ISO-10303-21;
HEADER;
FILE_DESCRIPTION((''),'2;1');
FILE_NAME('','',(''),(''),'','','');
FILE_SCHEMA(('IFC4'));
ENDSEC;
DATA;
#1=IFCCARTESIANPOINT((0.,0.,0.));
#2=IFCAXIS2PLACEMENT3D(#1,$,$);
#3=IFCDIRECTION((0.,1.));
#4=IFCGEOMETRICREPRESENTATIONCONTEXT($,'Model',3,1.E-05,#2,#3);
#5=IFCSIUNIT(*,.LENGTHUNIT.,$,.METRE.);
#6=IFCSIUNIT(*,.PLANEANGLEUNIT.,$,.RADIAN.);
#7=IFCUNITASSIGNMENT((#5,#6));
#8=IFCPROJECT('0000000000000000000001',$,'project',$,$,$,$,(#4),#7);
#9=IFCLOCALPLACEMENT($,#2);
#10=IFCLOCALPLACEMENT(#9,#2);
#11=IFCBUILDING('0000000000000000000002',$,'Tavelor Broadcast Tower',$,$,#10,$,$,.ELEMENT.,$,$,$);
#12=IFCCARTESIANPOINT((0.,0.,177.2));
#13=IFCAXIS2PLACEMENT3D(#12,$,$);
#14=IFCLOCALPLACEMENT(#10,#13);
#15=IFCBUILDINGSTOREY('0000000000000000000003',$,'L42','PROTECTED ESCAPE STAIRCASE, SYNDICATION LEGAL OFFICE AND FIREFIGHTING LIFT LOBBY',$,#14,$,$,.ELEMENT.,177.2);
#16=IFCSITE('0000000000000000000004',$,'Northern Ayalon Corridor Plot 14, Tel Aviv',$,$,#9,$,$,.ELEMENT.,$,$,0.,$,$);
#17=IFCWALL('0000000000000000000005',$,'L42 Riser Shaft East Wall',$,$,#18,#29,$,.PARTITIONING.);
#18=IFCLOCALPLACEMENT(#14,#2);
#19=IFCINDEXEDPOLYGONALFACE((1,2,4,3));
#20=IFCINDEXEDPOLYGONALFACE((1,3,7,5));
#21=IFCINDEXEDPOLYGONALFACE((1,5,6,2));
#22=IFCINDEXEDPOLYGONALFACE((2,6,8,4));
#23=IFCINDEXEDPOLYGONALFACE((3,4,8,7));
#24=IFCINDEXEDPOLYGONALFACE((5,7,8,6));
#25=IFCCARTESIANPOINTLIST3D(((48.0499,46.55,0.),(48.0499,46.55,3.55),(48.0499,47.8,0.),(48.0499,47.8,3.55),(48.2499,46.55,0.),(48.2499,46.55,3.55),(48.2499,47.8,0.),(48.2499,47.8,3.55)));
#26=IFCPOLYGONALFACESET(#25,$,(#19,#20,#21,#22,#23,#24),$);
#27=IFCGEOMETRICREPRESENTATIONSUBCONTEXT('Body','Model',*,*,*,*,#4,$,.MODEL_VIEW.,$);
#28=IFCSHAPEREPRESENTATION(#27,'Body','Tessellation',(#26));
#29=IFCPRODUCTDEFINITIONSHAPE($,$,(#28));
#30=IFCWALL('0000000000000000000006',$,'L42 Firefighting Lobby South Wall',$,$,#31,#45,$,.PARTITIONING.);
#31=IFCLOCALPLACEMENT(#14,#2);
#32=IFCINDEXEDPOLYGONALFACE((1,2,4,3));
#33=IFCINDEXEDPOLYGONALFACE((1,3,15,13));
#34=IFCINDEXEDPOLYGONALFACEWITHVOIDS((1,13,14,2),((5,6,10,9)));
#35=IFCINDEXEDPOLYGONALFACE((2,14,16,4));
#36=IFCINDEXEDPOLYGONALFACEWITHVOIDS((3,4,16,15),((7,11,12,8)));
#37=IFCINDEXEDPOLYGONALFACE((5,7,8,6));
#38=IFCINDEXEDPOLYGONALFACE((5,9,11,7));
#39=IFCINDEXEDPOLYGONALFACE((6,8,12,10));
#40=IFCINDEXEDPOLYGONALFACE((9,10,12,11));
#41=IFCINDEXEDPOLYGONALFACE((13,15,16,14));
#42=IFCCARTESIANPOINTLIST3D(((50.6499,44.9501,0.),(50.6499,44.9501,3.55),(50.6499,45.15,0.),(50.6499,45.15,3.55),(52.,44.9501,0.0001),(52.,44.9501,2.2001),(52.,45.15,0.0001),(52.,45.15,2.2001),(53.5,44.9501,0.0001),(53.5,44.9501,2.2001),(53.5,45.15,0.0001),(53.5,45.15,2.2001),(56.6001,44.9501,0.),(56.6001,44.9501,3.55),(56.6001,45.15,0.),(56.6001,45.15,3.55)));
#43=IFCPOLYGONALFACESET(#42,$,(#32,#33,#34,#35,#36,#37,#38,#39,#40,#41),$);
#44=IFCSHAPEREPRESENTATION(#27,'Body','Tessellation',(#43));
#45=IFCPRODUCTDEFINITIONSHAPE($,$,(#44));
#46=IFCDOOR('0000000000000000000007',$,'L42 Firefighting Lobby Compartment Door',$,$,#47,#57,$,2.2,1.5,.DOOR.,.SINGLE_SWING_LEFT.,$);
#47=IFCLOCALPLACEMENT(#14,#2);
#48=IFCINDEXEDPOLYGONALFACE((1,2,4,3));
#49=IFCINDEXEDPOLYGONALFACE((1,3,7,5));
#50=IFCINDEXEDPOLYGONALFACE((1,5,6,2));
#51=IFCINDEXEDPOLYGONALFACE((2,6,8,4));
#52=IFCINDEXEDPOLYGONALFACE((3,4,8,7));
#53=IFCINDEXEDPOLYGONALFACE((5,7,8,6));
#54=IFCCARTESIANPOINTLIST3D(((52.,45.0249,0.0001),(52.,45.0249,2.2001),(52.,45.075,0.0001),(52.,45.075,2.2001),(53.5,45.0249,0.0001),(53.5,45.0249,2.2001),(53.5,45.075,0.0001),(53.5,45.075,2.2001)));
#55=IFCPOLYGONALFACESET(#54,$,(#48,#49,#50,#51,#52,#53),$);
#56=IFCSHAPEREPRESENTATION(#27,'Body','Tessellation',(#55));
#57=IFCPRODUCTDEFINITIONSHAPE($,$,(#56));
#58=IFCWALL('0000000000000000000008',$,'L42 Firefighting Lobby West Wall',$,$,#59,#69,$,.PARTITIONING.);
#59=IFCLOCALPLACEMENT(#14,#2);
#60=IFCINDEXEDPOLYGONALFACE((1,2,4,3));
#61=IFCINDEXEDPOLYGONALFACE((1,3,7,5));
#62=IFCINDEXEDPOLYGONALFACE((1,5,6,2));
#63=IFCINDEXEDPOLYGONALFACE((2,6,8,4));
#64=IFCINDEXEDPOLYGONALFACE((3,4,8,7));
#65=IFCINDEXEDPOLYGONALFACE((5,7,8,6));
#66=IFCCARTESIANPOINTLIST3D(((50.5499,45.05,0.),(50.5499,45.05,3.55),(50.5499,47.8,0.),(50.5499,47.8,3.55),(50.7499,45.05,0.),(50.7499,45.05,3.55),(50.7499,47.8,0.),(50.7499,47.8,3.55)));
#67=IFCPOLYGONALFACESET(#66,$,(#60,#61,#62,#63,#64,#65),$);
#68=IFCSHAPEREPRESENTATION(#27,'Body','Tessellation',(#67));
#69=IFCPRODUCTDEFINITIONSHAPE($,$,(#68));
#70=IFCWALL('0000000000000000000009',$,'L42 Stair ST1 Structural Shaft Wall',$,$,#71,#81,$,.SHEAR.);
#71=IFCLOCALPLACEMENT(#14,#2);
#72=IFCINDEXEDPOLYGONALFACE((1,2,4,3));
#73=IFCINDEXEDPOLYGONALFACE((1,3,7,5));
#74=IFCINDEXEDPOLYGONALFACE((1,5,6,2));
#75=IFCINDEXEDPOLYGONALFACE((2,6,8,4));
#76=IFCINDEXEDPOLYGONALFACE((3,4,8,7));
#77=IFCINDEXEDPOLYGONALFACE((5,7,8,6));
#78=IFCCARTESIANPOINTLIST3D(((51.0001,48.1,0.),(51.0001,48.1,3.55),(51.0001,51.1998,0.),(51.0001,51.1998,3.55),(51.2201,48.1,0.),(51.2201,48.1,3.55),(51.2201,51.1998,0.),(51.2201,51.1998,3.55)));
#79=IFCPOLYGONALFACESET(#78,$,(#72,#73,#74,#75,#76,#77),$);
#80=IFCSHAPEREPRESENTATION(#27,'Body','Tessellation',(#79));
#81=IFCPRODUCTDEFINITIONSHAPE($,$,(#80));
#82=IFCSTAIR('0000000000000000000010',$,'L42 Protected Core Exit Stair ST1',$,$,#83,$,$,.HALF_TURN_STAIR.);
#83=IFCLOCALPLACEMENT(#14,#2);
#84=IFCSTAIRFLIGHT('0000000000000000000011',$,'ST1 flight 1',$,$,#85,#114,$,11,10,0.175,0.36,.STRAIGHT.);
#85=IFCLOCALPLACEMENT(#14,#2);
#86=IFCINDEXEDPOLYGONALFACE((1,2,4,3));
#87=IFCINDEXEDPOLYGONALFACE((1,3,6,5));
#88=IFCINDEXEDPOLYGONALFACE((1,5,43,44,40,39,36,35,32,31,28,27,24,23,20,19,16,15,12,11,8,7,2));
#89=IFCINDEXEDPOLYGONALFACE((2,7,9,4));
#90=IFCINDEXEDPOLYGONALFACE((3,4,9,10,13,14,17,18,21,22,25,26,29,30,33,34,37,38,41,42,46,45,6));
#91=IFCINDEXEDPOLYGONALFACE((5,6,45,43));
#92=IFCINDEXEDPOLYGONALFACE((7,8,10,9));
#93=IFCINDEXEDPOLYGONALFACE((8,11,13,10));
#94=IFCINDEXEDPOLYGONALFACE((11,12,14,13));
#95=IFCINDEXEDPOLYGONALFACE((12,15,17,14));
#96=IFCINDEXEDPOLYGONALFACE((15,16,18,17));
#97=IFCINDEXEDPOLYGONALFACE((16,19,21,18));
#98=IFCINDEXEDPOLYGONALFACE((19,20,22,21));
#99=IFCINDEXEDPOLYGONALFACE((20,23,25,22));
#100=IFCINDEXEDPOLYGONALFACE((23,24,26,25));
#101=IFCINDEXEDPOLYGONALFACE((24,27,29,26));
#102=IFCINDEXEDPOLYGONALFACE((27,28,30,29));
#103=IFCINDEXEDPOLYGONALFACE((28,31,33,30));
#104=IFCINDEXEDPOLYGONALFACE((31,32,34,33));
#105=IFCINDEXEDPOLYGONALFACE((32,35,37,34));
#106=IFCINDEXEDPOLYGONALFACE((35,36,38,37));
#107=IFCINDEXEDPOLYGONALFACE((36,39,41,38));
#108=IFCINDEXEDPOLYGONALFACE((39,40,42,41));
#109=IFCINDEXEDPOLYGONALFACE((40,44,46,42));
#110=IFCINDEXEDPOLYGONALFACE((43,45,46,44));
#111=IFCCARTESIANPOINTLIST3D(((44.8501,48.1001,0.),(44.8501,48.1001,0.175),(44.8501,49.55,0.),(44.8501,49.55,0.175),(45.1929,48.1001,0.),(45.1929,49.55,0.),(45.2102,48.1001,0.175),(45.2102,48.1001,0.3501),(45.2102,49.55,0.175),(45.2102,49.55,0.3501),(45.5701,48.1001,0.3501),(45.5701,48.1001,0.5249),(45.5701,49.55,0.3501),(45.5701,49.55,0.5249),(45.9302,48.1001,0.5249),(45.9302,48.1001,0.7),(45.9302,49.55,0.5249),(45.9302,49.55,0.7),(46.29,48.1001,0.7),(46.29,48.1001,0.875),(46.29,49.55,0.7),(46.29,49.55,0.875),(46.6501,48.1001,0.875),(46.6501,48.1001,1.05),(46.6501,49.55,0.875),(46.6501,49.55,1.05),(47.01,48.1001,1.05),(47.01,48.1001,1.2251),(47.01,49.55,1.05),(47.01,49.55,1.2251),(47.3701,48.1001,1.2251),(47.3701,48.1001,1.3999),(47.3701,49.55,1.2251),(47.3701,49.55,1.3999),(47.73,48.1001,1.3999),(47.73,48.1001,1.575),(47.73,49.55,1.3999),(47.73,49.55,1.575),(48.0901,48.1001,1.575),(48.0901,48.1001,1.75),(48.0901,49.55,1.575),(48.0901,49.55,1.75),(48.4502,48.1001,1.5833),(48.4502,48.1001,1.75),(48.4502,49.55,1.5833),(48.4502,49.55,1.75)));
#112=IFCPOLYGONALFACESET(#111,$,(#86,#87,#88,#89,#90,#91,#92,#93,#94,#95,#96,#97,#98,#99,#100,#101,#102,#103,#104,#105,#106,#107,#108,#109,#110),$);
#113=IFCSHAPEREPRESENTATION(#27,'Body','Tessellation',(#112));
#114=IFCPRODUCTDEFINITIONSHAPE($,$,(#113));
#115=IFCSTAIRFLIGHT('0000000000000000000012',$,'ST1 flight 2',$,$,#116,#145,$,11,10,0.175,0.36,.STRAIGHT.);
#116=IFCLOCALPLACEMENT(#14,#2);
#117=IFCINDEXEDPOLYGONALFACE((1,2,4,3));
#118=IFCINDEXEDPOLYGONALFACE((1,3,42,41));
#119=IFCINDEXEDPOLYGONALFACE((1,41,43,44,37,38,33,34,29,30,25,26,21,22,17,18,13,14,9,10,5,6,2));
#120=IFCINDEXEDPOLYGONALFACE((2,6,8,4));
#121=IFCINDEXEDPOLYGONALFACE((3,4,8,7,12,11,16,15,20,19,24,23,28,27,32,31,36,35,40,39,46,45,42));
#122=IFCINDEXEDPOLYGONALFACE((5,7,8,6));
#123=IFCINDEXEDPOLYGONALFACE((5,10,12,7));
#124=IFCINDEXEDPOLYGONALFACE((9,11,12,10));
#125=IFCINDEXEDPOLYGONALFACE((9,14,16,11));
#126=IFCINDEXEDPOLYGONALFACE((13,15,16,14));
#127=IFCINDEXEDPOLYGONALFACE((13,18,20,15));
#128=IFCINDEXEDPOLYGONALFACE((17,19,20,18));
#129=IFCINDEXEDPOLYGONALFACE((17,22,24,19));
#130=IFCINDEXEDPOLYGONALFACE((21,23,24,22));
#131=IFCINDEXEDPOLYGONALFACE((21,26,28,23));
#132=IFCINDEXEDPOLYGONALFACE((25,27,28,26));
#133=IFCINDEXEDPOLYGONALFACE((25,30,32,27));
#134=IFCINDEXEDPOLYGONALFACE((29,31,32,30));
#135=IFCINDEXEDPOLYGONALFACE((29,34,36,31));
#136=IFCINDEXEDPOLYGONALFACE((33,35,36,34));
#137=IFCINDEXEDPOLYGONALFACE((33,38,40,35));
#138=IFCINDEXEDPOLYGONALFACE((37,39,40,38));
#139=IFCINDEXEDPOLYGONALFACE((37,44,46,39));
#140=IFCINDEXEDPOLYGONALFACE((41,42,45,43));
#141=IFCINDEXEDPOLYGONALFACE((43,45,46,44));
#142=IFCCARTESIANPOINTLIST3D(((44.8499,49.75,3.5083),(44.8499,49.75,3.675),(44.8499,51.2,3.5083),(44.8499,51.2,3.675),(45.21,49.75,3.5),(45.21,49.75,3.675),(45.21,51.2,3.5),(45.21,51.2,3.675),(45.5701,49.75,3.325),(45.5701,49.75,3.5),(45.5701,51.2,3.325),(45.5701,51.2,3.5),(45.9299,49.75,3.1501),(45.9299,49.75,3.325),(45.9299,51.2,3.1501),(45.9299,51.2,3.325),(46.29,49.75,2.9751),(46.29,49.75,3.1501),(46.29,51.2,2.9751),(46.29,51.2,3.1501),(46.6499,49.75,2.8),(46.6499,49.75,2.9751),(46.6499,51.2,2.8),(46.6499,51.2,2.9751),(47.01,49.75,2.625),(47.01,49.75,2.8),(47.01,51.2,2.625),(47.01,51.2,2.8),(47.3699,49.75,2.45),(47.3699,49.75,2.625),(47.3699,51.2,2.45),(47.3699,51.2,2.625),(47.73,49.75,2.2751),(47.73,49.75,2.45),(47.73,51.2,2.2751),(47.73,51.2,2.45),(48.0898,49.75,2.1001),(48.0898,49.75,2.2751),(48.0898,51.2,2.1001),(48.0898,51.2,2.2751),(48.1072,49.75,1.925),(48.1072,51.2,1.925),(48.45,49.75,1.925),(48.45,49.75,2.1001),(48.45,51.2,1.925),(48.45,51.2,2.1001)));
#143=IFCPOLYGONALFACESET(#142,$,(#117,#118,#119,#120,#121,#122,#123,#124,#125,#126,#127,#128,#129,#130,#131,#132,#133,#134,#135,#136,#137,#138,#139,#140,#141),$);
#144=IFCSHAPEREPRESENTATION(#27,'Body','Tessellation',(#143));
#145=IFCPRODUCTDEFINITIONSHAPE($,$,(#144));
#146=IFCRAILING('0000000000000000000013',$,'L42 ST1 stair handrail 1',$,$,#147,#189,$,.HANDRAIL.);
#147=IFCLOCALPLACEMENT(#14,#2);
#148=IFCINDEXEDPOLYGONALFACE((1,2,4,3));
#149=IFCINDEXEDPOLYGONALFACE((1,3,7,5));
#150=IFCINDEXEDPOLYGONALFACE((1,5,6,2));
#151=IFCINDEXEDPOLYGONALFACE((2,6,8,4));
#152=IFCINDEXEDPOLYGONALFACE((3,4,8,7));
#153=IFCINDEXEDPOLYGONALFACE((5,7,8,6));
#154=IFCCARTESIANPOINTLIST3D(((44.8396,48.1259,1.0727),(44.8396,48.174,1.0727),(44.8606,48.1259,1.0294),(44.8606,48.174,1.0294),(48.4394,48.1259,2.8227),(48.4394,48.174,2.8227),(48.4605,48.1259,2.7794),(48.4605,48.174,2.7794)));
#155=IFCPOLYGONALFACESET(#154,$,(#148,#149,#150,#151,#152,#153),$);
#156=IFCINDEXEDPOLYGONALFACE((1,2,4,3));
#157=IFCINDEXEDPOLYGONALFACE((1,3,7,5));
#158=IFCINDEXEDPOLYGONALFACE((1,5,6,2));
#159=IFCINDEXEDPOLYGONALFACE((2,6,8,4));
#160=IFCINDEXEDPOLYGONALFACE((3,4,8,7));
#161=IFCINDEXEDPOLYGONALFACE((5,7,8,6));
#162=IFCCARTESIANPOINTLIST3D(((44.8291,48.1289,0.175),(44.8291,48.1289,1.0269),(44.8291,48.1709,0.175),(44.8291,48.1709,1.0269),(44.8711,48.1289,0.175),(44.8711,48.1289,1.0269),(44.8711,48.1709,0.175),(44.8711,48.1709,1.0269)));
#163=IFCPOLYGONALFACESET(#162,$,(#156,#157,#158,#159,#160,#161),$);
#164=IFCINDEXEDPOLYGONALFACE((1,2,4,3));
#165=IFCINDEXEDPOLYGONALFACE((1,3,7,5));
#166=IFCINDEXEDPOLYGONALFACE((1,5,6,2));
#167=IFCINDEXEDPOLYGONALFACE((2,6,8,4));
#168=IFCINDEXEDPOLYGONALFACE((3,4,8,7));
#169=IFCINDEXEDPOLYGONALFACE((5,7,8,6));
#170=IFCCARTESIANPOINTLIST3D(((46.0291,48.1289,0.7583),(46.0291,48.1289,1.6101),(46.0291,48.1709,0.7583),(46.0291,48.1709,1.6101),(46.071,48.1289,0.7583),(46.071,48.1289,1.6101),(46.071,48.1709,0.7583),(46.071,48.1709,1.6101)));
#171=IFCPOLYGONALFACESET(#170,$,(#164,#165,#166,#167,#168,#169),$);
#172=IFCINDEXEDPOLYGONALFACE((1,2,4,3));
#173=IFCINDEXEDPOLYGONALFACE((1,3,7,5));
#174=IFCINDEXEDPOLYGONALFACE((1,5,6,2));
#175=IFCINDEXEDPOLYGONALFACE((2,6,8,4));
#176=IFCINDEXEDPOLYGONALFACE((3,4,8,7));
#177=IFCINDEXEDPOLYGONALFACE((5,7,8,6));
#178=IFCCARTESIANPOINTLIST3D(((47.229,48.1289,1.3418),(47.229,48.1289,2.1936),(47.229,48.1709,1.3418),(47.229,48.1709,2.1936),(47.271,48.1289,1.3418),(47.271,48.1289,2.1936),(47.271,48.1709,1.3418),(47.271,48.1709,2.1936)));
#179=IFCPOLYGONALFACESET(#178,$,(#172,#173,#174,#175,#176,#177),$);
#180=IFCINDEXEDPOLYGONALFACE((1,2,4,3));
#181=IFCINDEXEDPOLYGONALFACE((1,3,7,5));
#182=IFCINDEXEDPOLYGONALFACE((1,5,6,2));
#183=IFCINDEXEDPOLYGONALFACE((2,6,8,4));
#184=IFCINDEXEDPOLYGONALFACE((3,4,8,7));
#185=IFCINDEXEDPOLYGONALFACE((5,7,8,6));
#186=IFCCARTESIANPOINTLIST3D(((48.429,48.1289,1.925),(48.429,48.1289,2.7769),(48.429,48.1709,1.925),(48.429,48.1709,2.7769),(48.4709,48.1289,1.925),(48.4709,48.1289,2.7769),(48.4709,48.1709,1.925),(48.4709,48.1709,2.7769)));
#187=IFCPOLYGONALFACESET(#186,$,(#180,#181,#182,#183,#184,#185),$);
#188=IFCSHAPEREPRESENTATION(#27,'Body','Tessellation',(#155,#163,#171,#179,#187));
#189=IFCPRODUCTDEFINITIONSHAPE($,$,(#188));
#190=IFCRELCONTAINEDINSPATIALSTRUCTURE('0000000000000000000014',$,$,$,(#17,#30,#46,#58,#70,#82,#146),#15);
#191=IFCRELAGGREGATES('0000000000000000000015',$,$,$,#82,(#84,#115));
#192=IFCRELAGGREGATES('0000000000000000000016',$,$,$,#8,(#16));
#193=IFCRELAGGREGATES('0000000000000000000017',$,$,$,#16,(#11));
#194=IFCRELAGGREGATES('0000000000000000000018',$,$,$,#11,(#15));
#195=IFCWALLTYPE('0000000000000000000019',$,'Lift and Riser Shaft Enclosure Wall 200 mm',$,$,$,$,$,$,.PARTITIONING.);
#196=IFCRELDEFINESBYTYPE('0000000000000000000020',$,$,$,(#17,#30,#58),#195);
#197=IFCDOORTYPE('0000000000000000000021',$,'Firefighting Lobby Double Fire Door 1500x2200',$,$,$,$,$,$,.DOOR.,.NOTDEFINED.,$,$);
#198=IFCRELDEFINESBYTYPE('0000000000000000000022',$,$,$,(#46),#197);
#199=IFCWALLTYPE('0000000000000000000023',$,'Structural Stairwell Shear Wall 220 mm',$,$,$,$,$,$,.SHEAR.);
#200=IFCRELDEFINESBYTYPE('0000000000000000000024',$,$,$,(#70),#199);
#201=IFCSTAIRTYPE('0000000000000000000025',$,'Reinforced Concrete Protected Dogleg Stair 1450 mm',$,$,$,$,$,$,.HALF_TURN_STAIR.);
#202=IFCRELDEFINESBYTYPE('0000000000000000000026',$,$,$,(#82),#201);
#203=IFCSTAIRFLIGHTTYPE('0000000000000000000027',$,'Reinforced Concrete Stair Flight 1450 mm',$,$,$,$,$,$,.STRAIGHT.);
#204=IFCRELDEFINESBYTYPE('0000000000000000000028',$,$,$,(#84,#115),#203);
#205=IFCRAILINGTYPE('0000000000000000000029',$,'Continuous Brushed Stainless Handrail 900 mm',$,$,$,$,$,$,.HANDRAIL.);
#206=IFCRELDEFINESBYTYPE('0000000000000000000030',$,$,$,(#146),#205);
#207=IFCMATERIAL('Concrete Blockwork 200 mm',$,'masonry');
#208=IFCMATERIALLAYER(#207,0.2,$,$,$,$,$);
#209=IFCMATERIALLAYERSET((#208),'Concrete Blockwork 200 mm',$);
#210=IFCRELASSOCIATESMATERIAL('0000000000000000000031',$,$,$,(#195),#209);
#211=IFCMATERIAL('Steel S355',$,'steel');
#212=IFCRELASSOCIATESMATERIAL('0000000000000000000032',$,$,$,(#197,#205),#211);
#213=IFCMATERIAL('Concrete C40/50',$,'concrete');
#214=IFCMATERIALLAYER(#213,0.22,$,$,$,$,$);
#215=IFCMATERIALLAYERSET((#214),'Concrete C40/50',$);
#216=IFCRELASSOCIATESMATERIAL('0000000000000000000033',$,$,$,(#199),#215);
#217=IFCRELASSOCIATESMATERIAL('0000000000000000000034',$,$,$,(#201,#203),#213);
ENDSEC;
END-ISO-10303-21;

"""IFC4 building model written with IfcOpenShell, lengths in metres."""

from ifc_helpers import new_model, si_unit, direction, frame, frame_2d, origin, origin_2d, place, context, subcontext, project, spatial, polyline, rectangle, outline, extrude, material, layer, layer_set, type_object, element, fill, aggregate, save


model = new_model("IFC4")

# Units and contexts
model_context = context("Model", 3, precision=1e-05, world=origin(), true_north=direction((0.0, 1.0)))
body_context = subcontext(model_context, "Body", "Model", "MODEL_VIEW")
ifc_project = project(units=[si_unit("LENGTHUNIT", "METRE"), si_unit("PLANEANGLEUNIT", "RADIAN")], contexts=[model_context])

# Site, building, storey
site_placement = place(None, origin())
site = spatial("IfcSite", under=ifc_project, at=site_placement, Name="Northern Ayalon Corridor Plot 14, Tel Aviv", CompositionType="ELEMENT", RefElevation=0.0)
building_placement = place(site_placement, origin())
building = spatial("IfcBuilding", under=site, at=building_placement, Name="Tavelor Broadcast Tower", CompositionType="ELEMENT")
storey_placement = place(building_placement, frame((0.0, 0.0, 177.2)))
storey = spatial("IfcBuildingStorey", under=building, at=storey_placement, Name="L42", Description="PROTECTED ESCAPE STAIRCASE, SYNDICATION LEGAL OFFICE AND FIREFIGHTING LIFT LOBBY", CompositionType="ELEMENT", Elevation=177.2)

# Shared definitions
ifc_material_1 = material(Name="Concrete C40/50", Category="concrete")
ifc_material_2 = material(Name="Steel S355", Category="steel")

# Wall
ifc_material_3 = material(Name="Concrete Blockwork 200 mm", Category="masonry")
ifc_layer_1 = layer(ifc_material_3, 0.2)
ifc_layer_set_1 = layer_set([ifc_layer_1], Name="Concrete Blockwork 200 mm")
wall_type_1 = type_object("IfcWallType", Name="Lift and Riser Shaft Enclosure Wall 200 mm", PredefinedType="PARTITIONING", material=ifc_layer_set_1)
wall_1_placement = place(storey_placement, frame((48.1499, 46.55, 0.0), z_axis=(0.0, 0.0, 1.0), x_axis=(0.0, 1.0, 0.0)))
element("IfcWall", 1, at=wall_1_placement, inside=storey, type_object=wall_type_1, Name="L42 Riser Shaft East Wall", PredefinedType="PARTITIONING", context=body_context, shape_type="SweptSolid", body=[
    extrude(rectangle(XDim=1.25, YDim=0.2, at=frame_2d((0.625, 0.0))), origin(), (0.0, 0.0, 1.0), 3.55),
])

# Wall, opening, door
wall_2_placement = place(storey_placement, frame((50.6499, 45.05, 0.0), z_axis=(0.0, 0.0, 1.0), x_axis=(1.0, 0.0, 0.0)))
wall_2 = element("IfcWall", 2, at=wall_2_placement, inside=storey, type_object=wall_type_1, Name="L42 Firefighting Lobby South Wall", PredefinedType="PARTITIONING", context=body_context, shape_type="SweptSolid", body=[
    extrude(rectangle(XDim=5.9502, YDim=0.2, at=frame_2d((2.9751, 0.0))), origin(), (0.0, 0.0, 1.0), 3.55),
])
opening_placement = place(wall_2_placement, frame((1.3501, 0.0, 0.0)))
opening = element("IfcOpeningElement", 3, at=opening_placement, cuts=wall_2, PredefinedType="OPENING", context=body_context, shape_type="SweptSolid", body=[
    extrude(rectangle(XDim=1.5, YDim=2.2, at=frame_2d((0.75, 1.1001))), frame((0.0, 0.1099, 0.0), z_axis=(0.0, -1.0, 0.0), x_axis=(1.0, 0.0, 0.0)), (0.0, 0.0, 1.0), 0.22),
])
door_type = type_object("IfcDoorType", Name="Firefighting Lobby Double Fire Door 1500x2200", OperationType="NOTDEFINED", PredefinedType="DOOR", material=ifc_material_2)
door_placement = place(opening_placement, origin())
door = element("IfcDoor", 4, at=door_placement, inside=storey, type_object=door_type, Name="L42 Firefighting Lobby Compartment Door", OperationType="SINGLE_SWING_LEFT", OverallHeight=2.2, OverallWidth=1.5, PredefinedType="DOOR", context=body_context, shape_type="SweptSolid", body=[
    extrude(rectangle(XDim=1.5, YDim=2.2, at=frame_2d((0.75, 1.1001))), frame((0.0, 0.0249, 0.0), z_axis=(0.0, -1.0, 0.0), x_axis=(1.0, 0.0, 0.0)), (0.0, 0.0, 1.0), 0.05),
])
fill(opening, door)

# Walls
wall_3_placement = place(storey_placement, frame((50.6499, 45.05, 0.0), z_axis=(0.0, 0.0, 1.0), x_axis=(0.0, 1.0, 0.0)))
element("IfcWall", 5, at=wall_3_placement, inside=storey, type_object=wall_type_1, Name="L42 Firefighting Lobby West Wall", PredefinedType="PARTITIONING", context=body_context, shape_type="SweptSolid", body=[
    extrude(rectangle(XDim=2.75, YDim=0.2, at=frame_2d((1.375, 0.0))), origin(), (0.0, 0.0, 1.0), 3.55),
])
ifc_layer_2 = layer(ifc_material_1, 0.22)
ifc_layer_set_2 = layer_set([ifc_layer_2], Name="Concrete C40/50")
wall_type_2 = type_object("IfcWallType", Name="Structural Stairwell Shear Wall 220 mm", PredefinedType="SHEAR", material=ifc_layer_set_2)
wall_4_placement = place(storey_placement, frame((51.1101, 48.1001, 0.0), z_axis=(0.0, 0.0, 1.0), x_axis=(0.0, 1.0, 0.0)))
element("IfcWall", 6, at=wall_4_placement, inside=storey, type_object=wall_type_2, Name="L42 Stair ST1 Structural Shaft Wall", PredefinedType="SHEAR", context=body_context, shape_type="SweptSolid", body=[
    extrude(rectangle(XDim=3.0999, YDim=0.22, at=frame_2d((1.5498, 0.0))), origin(), (0.0, 0.0, 1.0), 3.55),
])

# Stair, stair flights
stair_type = type_object("IfcStairType", Name="Reinforced Concrete Protected Dogleg Stair 1450 mm", PredefinedType="HALF_TURN_STAIR", material=ifc_material_1)
stair_placement = place(storey_placement, origin())
stair = element("IfcStair", 7, at=stair_placement, inside=storey, type_object=stair_type, Name="L42 Protected Core Exit Stair ST1", PredefinedType="HALF_TURN_STAIR")
stair_flight_type = type_object("IfcStairFlightType", Name="Reinforced Concrete Stair Flight 1450 mm", PredefinedType="STRAIGHT", material=ifc_material_1)
stair_flight_1_placement = place(storey_placement, frame((44.8501, 48.825, 0.0), z_axis=(0.0, 0.0, 1.0), x_axis=(1.0, 0.0, 0.0)))
stair_flight_1 = element("IfcStairFlight", 8, at=stair_flight_1_placement, type_object=stair_flight_type, Name="ST1 flight 1", NumberOfRisers=11, NumberOfTreads=10, PredefinedType="STRAIGHT", RiserHeight=0.175, TreadLength=0.36, context=body_context, shape_type="SweptSolid", body=[
    extrude(outline(polyline([(0.0, 0.0), (0.0, 0.175), (0.3601, 0.175), (0.3601, 0.3501), (0.72, 0.3501), (0.72, 0.5249), (1.0801, 0.5249), (1.0801, 0.7), (1.4399, 0.7), (1.4399, 0.875), (1.8, 0.875), (1.8, 1.05), (2.1599, 1.05), (2.1599, 1.2251), (2.52, 1.2251), (2.52, 1.3999), (2.8799, 1.3999), (2.8799, 1.575), (3.24, 1.575), (3.24, 1.75), (3.6001, 1.75), (3.6001, 1.925), (3.6001, 1.5833), (0.3428, 0.0), (0.0, 0.0)])), frame((0.0, 0.7251, 0.0), z_axis=(0.0, -1.0, 0.0), x_axis=(1.0, 0.0, 0.0)), (0.0, 0.0, 1.0), 1.45),
])
stair_flight_2_placement = place(storey_placement, frame((48.45, 50.4751, 1.925), z_axis=(0.0, 0.0, 1.0), x_axis=(-1.0, 0.0, 0.0)))
stair_flight_2 = element("IfcStairFlight", 9, at=stair_flight_2_placement, type_object=stair_flight_type, Name="ST1 flight 2", NumberOfRisers=11, NumberOfTreads=10, PredefinedType="STRAIGHT", RiserHeight=0.175, TreadLength=0.36, context=body_context, shape_type="SweptSolid", body=[
    extrude(outline(polyline([(0.0, 0.0), (0.0, 0.175), (0.3601, 0.175), (0.3601, 0.3501), (0.72, 0.3501), (0.72, 0.5249), (1.0801, 0.5249), (1.0801, 0.7), (1.4399, 0.7), (1.4399, 0.875), (1.8, 0.875), (1.8, 1.05), (2.1599, 1.05), (2.1599, 1.2251), (2.52, 1.2251), (2.52, 1.3999), (2.8799, 1.3999), (2.8799, 1.575), (3.24, 1.575), (3.24, 1.75), (3.6001, 1.75), (3.6001, 1.925), (3.6001, 1.5833), (0.3428, 0.0), (0.0, 0.0)])), frame((0.0, 0.7251, 0.0), z_axis=(0.0, -1.0, 0.0), x_axis=(1.0, 0.0, 0.0)), (0.0, 0.0, 1.0), 1.45),
])
aggregate(stair, [stair_flight_1, stair_flight_2])

# Railing
railing_type_1 = type_object("IfcRailingType", Name="Continuous Brushed Stainless Handrail 900 mm", PredefinedType="HANDRAIL", material=ifc_material_2)
railing_1_placement = place(storey_placement, frame((44.8501, 48.1499, 0.175)))
element("IfcRailing", 10, at=railing_1_placement, inside=storey, type_object=railing_type_1, Name="L42 ST1 stair handrail 1", PredefinedType="HANDRAIL", context=body_context, shape_type="SweptSolid", body=[
    extrude(rectangle(XDim=0.0481, YDim=0.0481, at=origin_2d()), frame((0.0, 0.0, 0.876), z_axis=(0.899361, 0.0, 0.437207), x_axis=(0.0, 1.0, 0.0)), (0.0, 0.0, 1.0), 4.0027),
    extrude(rectangle(XDim=0.042, YDim=0.042, at=origin_2d()), origin(), (0.0, 0.0, 1.0), 0.8518),
    extrude(rectangle(XDim=0.042, YDim=0.042, at=origin_2d()), frame((1.2, 0.0, 0.5833)), (0.0, 0.0, 1.0), 0.8518),
    extrude(rectangle(XDim=0.042, YDim=0.042, at=origin_2d()), frame((2.3999, 0.0, 1.1667)), (0.0, 0.0, 1.0), 0.8518),
    extrude(rectangle(XDim=0.042, YDim=0.042, at=origin_2d()), frame((3.5999, 0.0, 1.75)), (0.0, 0.0, 1.0), 0.8518),
])

save(model, "model.ifc")
